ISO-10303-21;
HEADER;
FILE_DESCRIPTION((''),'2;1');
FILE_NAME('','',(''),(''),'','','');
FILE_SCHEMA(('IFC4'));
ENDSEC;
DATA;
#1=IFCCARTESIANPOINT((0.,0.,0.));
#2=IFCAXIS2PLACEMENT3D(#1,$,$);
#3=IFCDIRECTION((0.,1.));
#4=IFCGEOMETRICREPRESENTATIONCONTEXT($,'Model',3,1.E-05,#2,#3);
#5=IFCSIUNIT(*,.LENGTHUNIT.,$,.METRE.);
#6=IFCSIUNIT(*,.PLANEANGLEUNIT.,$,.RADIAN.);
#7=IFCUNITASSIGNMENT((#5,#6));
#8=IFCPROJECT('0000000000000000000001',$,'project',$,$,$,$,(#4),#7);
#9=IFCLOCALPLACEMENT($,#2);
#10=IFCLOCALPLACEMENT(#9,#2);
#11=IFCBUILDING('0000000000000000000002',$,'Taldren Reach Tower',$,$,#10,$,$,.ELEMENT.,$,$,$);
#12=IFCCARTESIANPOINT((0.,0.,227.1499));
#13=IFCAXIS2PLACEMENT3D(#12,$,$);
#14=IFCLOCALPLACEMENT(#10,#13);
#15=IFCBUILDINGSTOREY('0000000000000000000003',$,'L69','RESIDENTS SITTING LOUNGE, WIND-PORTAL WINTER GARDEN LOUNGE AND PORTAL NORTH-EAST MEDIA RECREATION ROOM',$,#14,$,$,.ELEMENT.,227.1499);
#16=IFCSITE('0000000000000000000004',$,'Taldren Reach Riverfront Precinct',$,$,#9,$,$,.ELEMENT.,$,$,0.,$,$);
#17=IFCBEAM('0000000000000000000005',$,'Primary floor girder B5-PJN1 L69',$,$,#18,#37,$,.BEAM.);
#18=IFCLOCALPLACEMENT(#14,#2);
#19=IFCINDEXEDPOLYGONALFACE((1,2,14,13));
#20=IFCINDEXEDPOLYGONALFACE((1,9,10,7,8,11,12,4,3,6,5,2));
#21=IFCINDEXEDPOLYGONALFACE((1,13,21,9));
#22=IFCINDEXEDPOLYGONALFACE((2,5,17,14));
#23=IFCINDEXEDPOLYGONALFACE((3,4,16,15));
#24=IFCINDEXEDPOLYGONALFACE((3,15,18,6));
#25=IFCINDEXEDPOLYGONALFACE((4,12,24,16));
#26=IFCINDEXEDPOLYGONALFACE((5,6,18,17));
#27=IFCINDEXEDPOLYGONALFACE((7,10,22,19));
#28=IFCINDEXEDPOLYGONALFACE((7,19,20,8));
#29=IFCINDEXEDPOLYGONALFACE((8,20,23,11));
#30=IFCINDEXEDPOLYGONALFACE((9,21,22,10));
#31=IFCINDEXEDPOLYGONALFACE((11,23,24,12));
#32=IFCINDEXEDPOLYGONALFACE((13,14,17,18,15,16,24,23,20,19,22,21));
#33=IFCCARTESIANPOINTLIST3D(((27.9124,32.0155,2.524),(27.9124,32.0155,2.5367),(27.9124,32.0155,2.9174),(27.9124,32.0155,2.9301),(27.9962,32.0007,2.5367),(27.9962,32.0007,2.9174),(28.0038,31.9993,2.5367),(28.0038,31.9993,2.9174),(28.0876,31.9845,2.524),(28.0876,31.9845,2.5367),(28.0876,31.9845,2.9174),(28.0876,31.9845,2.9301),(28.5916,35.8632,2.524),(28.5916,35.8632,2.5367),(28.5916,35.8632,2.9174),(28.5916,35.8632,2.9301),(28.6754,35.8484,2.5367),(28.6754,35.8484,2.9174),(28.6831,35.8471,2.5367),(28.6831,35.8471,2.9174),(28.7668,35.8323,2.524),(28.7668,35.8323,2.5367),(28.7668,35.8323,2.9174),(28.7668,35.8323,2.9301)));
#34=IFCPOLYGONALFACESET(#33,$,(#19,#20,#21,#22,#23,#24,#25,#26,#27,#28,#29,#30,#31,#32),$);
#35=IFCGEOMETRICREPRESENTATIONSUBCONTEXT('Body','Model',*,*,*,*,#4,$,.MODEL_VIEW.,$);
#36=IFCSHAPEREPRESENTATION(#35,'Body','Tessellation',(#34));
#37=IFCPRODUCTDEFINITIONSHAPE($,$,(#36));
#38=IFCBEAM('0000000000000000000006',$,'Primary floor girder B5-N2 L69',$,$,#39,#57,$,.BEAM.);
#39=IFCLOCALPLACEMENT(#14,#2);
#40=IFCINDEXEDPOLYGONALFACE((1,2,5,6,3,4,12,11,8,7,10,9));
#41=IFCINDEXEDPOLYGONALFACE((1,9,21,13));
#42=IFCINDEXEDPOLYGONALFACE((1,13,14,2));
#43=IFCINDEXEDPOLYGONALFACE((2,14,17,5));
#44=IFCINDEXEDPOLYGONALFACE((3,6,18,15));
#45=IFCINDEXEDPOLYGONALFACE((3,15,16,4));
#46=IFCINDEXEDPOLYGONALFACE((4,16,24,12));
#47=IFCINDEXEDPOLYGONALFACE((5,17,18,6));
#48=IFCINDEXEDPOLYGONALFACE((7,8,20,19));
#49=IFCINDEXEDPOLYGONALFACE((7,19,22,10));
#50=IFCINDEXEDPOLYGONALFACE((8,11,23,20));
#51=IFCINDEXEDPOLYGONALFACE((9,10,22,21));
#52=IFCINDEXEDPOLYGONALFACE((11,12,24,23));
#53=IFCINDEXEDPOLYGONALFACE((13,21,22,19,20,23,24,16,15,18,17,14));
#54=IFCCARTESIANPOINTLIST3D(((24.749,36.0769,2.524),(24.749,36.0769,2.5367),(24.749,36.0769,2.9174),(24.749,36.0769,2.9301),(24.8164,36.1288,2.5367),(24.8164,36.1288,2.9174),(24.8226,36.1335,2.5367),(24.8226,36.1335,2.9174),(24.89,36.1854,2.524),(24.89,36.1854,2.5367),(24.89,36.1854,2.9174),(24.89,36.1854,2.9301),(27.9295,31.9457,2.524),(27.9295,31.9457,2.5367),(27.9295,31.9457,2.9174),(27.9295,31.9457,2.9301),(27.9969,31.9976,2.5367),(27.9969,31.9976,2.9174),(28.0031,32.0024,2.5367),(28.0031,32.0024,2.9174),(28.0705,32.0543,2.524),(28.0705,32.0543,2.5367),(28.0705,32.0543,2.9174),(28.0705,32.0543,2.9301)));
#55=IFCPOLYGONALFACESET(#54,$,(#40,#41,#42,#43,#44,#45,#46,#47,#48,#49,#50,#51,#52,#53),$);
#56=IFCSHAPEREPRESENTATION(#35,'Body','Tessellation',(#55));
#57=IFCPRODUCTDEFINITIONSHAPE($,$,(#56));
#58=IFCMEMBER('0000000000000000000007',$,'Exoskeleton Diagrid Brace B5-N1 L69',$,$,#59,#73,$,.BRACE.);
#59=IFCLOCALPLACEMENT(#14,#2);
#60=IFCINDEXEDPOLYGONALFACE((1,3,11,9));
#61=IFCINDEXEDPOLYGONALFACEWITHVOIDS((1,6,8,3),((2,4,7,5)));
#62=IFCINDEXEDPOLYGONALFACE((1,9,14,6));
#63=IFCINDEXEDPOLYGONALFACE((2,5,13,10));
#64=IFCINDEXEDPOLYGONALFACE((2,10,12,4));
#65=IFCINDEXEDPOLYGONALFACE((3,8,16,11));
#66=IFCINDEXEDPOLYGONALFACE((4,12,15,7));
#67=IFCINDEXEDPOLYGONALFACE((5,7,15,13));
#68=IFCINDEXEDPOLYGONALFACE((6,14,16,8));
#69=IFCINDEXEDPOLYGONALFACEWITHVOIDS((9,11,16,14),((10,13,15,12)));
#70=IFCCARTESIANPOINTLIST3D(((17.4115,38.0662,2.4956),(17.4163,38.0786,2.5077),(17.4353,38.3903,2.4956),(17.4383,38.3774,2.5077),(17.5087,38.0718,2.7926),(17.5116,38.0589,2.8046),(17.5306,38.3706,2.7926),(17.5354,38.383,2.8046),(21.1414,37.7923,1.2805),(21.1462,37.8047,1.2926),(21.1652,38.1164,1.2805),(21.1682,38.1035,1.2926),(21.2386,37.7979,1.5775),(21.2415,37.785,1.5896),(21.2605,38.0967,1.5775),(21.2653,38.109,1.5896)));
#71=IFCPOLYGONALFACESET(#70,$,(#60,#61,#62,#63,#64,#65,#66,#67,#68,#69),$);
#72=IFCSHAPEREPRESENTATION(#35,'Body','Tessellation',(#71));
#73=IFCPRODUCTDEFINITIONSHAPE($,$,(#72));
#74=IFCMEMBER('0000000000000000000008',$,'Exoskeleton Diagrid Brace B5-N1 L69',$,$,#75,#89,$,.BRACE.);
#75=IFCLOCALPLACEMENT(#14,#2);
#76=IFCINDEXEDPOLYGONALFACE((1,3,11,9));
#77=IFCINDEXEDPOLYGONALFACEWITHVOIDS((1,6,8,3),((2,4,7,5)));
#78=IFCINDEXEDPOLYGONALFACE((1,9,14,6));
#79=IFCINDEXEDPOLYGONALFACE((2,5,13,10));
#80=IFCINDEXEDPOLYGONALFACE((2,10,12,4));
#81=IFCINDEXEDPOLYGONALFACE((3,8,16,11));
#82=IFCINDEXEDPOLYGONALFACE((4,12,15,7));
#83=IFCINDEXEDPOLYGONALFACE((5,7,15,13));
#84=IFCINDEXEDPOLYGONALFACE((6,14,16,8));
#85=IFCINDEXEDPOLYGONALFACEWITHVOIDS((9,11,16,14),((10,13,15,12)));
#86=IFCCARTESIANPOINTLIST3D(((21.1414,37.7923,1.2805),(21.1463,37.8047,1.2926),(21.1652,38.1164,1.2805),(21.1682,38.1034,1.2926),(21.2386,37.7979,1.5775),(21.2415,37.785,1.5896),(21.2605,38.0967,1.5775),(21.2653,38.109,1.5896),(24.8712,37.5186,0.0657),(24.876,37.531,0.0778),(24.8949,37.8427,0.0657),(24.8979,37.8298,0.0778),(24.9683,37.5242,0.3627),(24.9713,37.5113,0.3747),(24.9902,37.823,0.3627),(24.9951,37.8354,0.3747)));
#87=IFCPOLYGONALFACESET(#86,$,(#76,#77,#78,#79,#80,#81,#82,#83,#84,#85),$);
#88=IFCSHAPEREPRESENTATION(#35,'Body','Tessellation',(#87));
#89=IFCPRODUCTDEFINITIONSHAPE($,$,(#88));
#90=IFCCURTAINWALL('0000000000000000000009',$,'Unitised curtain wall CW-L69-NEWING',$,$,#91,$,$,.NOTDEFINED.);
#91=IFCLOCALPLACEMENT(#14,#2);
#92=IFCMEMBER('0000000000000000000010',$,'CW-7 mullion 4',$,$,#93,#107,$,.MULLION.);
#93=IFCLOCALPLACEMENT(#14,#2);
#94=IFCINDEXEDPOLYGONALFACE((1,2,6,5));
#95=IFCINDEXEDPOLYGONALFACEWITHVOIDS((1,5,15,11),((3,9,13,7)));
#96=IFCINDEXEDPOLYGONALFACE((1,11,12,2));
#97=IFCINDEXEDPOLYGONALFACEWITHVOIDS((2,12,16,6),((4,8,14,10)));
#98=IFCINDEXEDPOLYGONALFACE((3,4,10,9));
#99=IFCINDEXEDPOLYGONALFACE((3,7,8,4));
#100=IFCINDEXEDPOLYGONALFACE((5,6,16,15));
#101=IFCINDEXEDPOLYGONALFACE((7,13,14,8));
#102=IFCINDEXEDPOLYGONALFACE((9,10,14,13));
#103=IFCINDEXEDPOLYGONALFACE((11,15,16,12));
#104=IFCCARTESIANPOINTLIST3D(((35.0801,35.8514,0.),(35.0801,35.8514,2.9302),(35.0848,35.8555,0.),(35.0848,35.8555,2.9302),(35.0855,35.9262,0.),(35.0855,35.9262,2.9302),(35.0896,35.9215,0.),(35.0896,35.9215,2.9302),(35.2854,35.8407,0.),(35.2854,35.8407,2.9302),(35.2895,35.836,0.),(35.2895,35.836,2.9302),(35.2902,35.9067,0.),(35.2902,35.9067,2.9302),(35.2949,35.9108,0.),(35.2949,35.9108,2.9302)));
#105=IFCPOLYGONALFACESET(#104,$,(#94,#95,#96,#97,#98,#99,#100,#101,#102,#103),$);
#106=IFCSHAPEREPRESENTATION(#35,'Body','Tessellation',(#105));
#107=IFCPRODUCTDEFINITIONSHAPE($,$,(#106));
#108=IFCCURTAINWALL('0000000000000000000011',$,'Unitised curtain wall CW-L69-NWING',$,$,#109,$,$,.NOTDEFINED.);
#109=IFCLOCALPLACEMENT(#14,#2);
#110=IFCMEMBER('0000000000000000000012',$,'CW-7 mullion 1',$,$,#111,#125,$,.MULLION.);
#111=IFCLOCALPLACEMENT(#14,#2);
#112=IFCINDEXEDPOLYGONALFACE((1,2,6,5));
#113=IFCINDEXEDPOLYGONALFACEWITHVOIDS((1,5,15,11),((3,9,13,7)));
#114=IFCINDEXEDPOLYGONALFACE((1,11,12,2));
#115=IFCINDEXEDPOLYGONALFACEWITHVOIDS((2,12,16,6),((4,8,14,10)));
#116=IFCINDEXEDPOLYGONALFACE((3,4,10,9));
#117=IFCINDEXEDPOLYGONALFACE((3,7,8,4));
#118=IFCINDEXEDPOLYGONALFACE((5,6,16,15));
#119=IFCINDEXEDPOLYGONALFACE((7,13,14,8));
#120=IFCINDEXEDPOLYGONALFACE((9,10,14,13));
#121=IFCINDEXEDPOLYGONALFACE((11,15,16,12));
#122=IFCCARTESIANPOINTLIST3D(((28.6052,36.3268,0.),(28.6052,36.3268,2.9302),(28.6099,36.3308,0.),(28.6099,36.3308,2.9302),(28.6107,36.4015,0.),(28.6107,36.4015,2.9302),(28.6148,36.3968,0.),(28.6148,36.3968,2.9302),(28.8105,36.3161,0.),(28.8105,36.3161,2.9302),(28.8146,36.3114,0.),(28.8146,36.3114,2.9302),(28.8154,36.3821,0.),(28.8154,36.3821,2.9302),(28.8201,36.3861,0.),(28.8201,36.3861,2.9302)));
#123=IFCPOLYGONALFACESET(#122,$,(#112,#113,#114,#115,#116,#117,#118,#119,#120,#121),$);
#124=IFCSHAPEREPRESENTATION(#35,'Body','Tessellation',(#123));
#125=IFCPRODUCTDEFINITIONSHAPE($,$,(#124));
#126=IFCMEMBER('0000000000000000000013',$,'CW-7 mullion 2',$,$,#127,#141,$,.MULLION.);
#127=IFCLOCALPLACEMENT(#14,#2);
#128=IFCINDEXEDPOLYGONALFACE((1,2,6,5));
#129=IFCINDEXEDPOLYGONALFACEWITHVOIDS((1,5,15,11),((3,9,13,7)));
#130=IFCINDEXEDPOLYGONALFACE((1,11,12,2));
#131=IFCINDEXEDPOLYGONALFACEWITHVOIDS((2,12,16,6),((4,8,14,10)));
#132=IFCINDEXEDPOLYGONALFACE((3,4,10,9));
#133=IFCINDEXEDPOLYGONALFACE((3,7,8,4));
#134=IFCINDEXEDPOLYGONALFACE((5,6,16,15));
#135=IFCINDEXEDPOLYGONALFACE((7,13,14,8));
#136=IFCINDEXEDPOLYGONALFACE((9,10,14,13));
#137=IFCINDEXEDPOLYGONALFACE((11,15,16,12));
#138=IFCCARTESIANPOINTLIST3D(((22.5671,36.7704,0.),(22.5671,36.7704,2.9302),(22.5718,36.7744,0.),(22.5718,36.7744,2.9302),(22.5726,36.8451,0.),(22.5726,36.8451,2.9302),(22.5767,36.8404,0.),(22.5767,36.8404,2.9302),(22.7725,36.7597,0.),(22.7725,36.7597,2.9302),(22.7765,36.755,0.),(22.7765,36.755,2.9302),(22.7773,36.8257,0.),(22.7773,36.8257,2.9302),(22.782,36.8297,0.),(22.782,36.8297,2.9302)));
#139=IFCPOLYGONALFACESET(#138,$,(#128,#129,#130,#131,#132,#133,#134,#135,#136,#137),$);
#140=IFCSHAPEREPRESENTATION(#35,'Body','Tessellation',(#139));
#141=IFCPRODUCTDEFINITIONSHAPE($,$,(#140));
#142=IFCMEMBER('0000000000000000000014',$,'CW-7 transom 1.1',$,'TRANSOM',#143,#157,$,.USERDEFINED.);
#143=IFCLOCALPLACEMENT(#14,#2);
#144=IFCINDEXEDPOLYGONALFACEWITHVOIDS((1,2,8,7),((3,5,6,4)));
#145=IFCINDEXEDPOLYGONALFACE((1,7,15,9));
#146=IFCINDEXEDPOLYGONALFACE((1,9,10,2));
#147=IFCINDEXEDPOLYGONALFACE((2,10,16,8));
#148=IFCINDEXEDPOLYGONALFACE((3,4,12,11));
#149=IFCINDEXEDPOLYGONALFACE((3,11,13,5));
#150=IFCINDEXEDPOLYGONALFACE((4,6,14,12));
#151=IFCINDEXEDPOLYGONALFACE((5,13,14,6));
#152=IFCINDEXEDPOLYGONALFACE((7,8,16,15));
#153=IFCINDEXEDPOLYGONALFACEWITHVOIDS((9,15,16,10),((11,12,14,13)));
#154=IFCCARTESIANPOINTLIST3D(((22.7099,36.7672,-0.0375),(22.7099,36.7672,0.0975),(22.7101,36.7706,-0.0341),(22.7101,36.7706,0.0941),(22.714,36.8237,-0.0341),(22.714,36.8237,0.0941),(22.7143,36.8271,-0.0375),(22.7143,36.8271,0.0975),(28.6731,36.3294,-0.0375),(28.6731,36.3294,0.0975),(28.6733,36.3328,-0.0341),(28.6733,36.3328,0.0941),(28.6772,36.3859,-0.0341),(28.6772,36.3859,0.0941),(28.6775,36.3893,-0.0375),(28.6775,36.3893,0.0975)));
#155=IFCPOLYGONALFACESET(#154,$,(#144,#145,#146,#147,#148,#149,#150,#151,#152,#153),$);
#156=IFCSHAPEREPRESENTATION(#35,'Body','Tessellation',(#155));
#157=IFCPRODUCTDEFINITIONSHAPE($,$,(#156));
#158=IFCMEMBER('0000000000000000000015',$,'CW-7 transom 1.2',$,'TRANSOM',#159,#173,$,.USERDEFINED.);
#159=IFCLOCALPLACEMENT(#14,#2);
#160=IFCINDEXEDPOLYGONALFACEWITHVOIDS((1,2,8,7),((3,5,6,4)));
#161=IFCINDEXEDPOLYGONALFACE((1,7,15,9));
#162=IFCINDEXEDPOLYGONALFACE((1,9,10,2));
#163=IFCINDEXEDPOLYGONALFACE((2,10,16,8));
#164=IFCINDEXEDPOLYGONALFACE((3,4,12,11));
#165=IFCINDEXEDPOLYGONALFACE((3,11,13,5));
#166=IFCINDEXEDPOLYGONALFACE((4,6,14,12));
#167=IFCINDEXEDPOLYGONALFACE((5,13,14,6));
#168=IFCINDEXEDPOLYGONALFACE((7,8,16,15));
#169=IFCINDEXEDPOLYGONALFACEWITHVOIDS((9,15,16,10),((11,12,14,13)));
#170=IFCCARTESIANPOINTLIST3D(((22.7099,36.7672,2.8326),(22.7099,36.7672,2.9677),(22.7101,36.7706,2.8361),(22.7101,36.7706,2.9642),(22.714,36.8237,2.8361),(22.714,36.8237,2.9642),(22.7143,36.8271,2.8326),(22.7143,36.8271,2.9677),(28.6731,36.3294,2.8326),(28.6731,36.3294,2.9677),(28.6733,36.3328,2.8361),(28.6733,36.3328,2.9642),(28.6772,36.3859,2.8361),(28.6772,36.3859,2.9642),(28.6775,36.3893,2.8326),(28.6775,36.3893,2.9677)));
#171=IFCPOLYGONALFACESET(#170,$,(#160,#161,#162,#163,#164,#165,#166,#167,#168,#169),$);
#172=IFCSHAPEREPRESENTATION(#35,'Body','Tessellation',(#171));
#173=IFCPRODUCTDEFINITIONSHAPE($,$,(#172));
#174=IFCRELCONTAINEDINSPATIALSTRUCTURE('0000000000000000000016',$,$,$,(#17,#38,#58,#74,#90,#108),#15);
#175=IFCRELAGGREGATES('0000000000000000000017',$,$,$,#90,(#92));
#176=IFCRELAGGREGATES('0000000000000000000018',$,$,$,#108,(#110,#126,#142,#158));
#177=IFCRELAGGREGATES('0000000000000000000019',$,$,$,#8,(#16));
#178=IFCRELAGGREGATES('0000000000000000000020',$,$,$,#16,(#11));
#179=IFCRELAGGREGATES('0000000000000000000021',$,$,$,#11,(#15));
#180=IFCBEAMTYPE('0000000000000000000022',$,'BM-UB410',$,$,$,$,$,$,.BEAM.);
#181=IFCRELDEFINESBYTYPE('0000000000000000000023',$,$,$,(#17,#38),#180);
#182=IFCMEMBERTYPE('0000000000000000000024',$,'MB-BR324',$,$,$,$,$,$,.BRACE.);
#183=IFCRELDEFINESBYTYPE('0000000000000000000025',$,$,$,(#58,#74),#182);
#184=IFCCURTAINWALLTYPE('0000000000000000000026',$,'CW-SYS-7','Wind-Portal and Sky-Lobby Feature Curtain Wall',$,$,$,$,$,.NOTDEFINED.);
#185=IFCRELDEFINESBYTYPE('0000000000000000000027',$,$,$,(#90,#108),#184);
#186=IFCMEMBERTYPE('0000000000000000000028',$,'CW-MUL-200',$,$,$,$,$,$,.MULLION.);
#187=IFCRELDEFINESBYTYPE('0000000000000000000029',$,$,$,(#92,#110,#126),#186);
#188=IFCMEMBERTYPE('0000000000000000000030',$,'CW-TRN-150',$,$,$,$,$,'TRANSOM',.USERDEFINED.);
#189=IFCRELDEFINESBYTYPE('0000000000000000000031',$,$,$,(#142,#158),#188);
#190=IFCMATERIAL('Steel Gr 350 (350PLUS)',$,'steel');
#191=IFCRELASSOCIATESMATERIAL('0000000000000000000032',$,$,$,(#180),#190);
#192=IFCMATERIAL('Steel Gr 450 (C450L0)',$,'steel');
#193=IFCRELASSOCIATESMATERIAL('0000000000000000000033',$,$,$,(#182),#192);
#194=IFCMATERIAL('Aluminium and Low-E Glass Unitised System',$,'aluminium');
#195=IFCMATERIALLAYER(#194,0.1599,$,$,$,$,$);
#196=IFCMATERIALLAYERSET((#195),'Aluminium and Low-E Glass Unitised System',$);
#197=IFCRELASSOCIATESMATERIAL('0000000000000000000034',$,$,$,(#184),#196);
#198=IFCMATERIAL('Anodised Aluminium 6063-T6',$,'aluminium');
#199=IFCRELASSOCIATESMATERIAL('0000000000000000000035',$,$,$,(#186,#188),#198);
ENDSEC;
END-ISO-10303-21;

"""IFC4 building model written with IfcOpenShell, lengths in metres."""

from ifc_helpers import new_model, si_unit, direction, frame, origin, origin_2d, place, context, subcontext, project, spatial, hollow_rectangle, i_section, extrude, source, transform, mapped, material, layer, layer_set, material_profile, profile_set, type_object, element, aggregate, save


model = new_model("IFC4")

# Units and contexts
model_context = context("Model", 3, precision=1e-05, world=origin(), true_north=direction((0.0, 1.0)))
body_context = subcontext(model_context, "Body", "Model", "MODEL_VIEW")
ifc_project = project(units=[si_unit("LENGTHUNIT", "METRE"), si_unit("PLANEANGLEUNIT", "RADIAN")], contexts=[model_context])

# Site, building, storey
site_placement = place(None, origin())
site = spatial("IfcSite", under=ifc_project, at=site_placement, Name="Taldren Reach Riverfront Precinct", CompositionType="ELEMENT", RefElevation=0.0)
building_placement = place(site_placement, origin())
building = spatial("IfcBuilding", under=site, at=building_placement, Name="Taldren Reach Tower", CompositionType="ELEMENT")
storey_placement = place(building_placement, frame((0.0, 0.0, 227.1499)))
storey = spatial("IfcBuildingStorey", under=building, at=storey_placement, Name="L69", Description="RESIDENTS SITTING LOUNGE, WIND-PORTAL WINTER GARDEN LOUNGE AND PORTAL NORTH-EAST MEDIA RECREATION ROOM", CompositionType="ELEMENT", Elevation=227.1499)

# Shared definitions
ifc_material_1 = material(Name="Steel Gr 450 (C450L0)", Category="steel")
ifc_material_2 = material(Name="Steel Gr 350 (350PLUS)", Category="steel")

# Beams
ifc_material_profile_1 = material_profile(ifc_material_2, i_section(OverallWidth=0.178, OverallDepth=0.406, WebThickness=0.0078, FlangeThickness=0.0127, at=origin_2d()), Name="410UB59.7")
ifc_profile_set_1 = profile_set([ifc_material_profile_1], Name="Steel Gr 350 (350PLUS)")
beam_type_1 = type_object("IfcBeamType", Name="BM-UB410", PredefinedType="BEAM", material=ifc_profile_set_1)
shared_shape_1 = source(origin(), body_context, "Body", "SweptSolid", [
    extrude(i_section(OverallWidth=0.178, OverallDepth=0.406, WebThickness=0.0078, FlangeThickness=0.0127, at=origin_2d()), origin(), (0.0, 0.0, 1.0), 3.9072),
])
beam_1_placement = place(storey_placement, frame((28.0, 32.0, 2.7271), z_axis=(0.173835, 0.984775, 0.0), x_axis=(-0.984775, 0.173835, 0.0)))
element("IfcBeam", 1, at=beam_1_placement, inside=storey, type_object=beam_type_1, Name="Primary floor girder B5-PJN1 L69", PredefinedType="BEAM", context=body_context, shape_type="MappedRepresentation", body=[
    mapped(shared_shape_1, transform((0.0, 0.0, 0.0), scale=1.0)),
])
shared_shape_2 = source(origin(), body_context, "Body", "SweptSolid", [
    extrude(i_section(OverallWidth=0.178, OverallDepth=0.406, WebThickness=0.0078, FlangeThickness=0.0127, at=origin_2d()), origin(), (0.0, 0.0, 1.0), 5.2136),
])
beam_2_placement = place(storey_placement, frame((28.0, 32.0, 2.7271), z_axis=(-0.61003, 0.792378, 0.0), x_axis=(-0.792378, -0.61003, 0.0)))
element("IfcBeam", 2, at=beam_2_placement, inside=storey, type_object=beam_type_1, Name="Primary floor girder B5-N2 L69", PredefinedType="BEAM", context=body_context, shape_type="MappedRepresentation", body=[
    mapped(shared_shape_2, transform((0.0, 0.0, 0.0), scale=1.0)),
])

# Members
ifc_material_profile_2 = material_profile(ifc_material_1, hollow_rectangle(XDim=0.325, YDim=0.325, WallThickness=0.0127, at=origin_2d()), Name="325x325x12.7SHS")
ifc_profile_set_2 = profile_set([ifc_material_profile_2], Name="Steel Gr 450 (C450L0)")
member_type_1 = type_object("IfcMemberType", Name="MB-BR324", PredefinedType="BRACE", material=ifc_profile_set_2)
shared_shape_3 = source(origin(), body_context, "Body", "SweptSolid", [
    extrude(hollow_rectangle(XDim=0.325, YDim=0.325, WallThickness=0.0127, at=origin_2d()), origin(), (0.0, 0.0, 1.0), 3.9324),
])
member_1_placement = place(storey_placement, frame((21.2034, 37.9507, 1.4351), z_axis=(-0.948511, 0.069658, 0.308989), x_axis=(-0.073242, -0.997314, 0.0)))
element("IfcMember", 3, at=member_1_placement, inside=storey, type_object=member_type_1, Name="Exoskeleton Diagrid Brace B5-N1 L69", PredefinedType="BRACE", context=body_context, shape_type="MappedRepresentation", body=[
    mapped(shared_shape_3, transform((0.0, 0.0, 0.0), scale=1.0)),
])
shared_shape_4 = source(origin(), body_context, "Body", "SweptSolid", [
    extrude(hollow_rectangle(XDim=0.325, YDim=0.325, WallThickness=0.0127, at=origin_2d()), origin(), (0.0, 0.0, 1.0), 3.9321),
])
member_2_placement = place(storey_placement, frame((24.9331, 37.677, 0.2202), z_axis=(-0.948527, 0.069601, 0.308953), x_axis=(-0.073182, -0.997319, 0.0)))
element("IfcMember", 4, at=member_2_placement, inside=storey, type_object=member_type_1, Name="Exoskeleton Diagrid Brace B5-N1 L69", PredefinedType="BRACE", context=body_context, shape_type="MappedRepresentation", body=[
    mapped(shared_shape_4, transform((0.0, 0.0, 0.0), scale=1.0)),
])

# Curtain wall, member
ifc_material_3 = material(Name="Aluminium and Low-E Glass Unitised System", Category="aluminium")
ifc_layer_1 = layer(ifc_material_3, 0.1599)
ifc_layer_set_1 = layer_set([ifc_layer_1], Name="Aluminium and Low-E Glass Unitised System")
curtain_wall_type = type_object("IfcCurtainWallType", Name="CW-SYS-7", Description="Wind-Portal and Sky-Lobby Feature Curtain Wall", PredefinedType="NOTDEFINED", material=ifc_layer_set_1)
curtain_wall_1_placement = place(storey_placement, origin())
curtain_wall_1 = element("IfcCurtainWall", 5, at=curtain_wall_1_placement, inside=storey, type_object=curtain_wall_type, Name="Unitised curtain wall CW-L69-NEWING", PredefinedType="NOTDEFINED")
ifc_material_4 = material(Name="Anodised Aluminium 6063-T6", Category="aluminium")
ifc_material_profile_3 = material_profile(ifc_material_4, hollow_rectangle(XDim=0.075, YDim=0.21, WallThickness=0.0044, at=origin_2d()), Name="ALU-210x75x4.5RHS")
ifc_profile_set_3 = profile_set([ifc_material_profile_3], Name="Anodised Aluminium 6063-T6")
member_type_2 = type_object("IfcMemberType", Name="CW-MUL-200", PredefinedType="MULLION", material=ifc_profile_set_3)
shared_shape_5 = source(origin(), body_context, "Body", "SweptSolid", [
    extrude(hollow_rectangle(XDim=0.075, YDim=0.21, WallThickness=0.0044, at=origin_2d()), origin(), (0.0, 0.0, 1.0), 2.9302),
])
member_3_placement = place(storey_placement, frame((35.1875, 35.8811, 0.0), z_axis=(0.0, 0.0, 1.0), x_axis=(-0.073238, -0.997314, 0.0)))
member_3 = element("IfcMember", 6, at=member_3_placement, type_object=member_type_2, Name="CW-7 mullion 4", PredefinedType="MULLION", context=body_context, shape_type="MappedRepresentation", body=[
    mapped(shared_shape_5, transform((0.0, 0.0, 0.0), scale=1.0)),
])
aggregate(curtain_wall_1, [member_3])

# Curtain wall, members
curtain_wall_2_placement = place(storey_placement, origin())
curtain_wall_2 = element("IfcCurtainWall", 7, at=curtain_wall_2_placement, inside=storey, type_object=curtain_wall_type, Name="Unitised curtain wall CW-L69-NWING", PredefinedType="NOTDEFINED")
member_4_placement = place(storey_placement, frame((28.7126, 36.3564, 0.0), z_axis=(0.0, 0.0, 1.0), x_axis=(-0.073238, -0.997314, 0.0)))
member_4 = element("IfcMember", 8, at=member_4_placement, type_object=member_type_2, Name="CW-7 mullion 1", PredefinedType="MULLION", context=body_context, shape_type="MappedRepresentation", body=[
    mapped(shared_shape_5, transform((0.0, 0.0, 0.0), scale=1.0)),
])
member_5_placement = place(storey_placement, frame((22.6746, 36.8, 0.0), z_axis=(0.0, 0.0, 1.0), x_axis=(-0.073238, -0.997314, 0.0)))
member_5 = element("IfcMember", 9, at=member_5_placement, type_object=member_type_2, Name="CW-7 mullion 2", PredefinedType="MULLION", context=body_context, shape_type="MappedRepresentation", body=[
    mapped(shared_shape_5, transform((0.0, 0.0, 0.0), scale=1.0)),
])
ifc_material_profile_4 = material_profile(ifc_material_4, hollow_rectangle(XDim=0.0601, YDim=0.135, WallThickness=0.0034, at=origin_2d()), Name="ALU-135x60x3.5RHS")
ifc_profile_set_4 = profile_set([ifc_material_profile_4], Name="Anodised Aluminium 6063-T6")
member_type_3 = type_object("IfcMemberType", Name="CW-TRN-150", ElementType="TRANSOM", PredefinedType="USERDEFINED", material=ifc_profile_set_4)
shared_shape_6 = source(origin(), body_context, "Body", "SweptSolid", [
    extrude(hollow_rectangle(XDim=0.0601, YDim=0.135, WallThickness=0.0034, at=origin_2d()), origin(), (0.0, 0.0, 1.0), 5.9792),
])
member_6_placement = place(storey_placement, frame((28.6753, 36.3594, 0.03), z_axis=(-0.997316, 0.073211, 0.0), x_axis=(-0.073211, -0.997316, 0.0)))
member_6 = element("IfcMember", 10, at=member_6_placement, type_object=member_type_3, Name="CW-7 transom 1.1", ObjectType="TRANSOM", PredefinedType="USERDEFINED", context=body_context, shape_type="MappedRepresentation", body=[
    mapped(shared_shape_6, transform((0.0, 0.0, 0.0), scale=1.0)),
])
member_7_placement = place(storey_placement, frame((28.6753, 36.3594, 2.9001), z_axis=(-0.997316, 0.073211, 0.0), x_axis=(-0.073211, -0.997316, 0.0)))
member_7 = element("IfcMember", 11, at=member_7_placement, type_object=member_type_3, Name="CW-7 transom 1.2", ObjectType="TRANSOM", PredefinedType="USERDEFINED", context=body_context, shape_type="MappedRepresentation", body=[
    mapped(shared_shape_6, transform((0.0, 0.0, 0.0), scale=1.0)),
])

aggregate(curtain_wall_2, [member_4, member_5, member_6, member_7])

save(model, "model.ifc")
